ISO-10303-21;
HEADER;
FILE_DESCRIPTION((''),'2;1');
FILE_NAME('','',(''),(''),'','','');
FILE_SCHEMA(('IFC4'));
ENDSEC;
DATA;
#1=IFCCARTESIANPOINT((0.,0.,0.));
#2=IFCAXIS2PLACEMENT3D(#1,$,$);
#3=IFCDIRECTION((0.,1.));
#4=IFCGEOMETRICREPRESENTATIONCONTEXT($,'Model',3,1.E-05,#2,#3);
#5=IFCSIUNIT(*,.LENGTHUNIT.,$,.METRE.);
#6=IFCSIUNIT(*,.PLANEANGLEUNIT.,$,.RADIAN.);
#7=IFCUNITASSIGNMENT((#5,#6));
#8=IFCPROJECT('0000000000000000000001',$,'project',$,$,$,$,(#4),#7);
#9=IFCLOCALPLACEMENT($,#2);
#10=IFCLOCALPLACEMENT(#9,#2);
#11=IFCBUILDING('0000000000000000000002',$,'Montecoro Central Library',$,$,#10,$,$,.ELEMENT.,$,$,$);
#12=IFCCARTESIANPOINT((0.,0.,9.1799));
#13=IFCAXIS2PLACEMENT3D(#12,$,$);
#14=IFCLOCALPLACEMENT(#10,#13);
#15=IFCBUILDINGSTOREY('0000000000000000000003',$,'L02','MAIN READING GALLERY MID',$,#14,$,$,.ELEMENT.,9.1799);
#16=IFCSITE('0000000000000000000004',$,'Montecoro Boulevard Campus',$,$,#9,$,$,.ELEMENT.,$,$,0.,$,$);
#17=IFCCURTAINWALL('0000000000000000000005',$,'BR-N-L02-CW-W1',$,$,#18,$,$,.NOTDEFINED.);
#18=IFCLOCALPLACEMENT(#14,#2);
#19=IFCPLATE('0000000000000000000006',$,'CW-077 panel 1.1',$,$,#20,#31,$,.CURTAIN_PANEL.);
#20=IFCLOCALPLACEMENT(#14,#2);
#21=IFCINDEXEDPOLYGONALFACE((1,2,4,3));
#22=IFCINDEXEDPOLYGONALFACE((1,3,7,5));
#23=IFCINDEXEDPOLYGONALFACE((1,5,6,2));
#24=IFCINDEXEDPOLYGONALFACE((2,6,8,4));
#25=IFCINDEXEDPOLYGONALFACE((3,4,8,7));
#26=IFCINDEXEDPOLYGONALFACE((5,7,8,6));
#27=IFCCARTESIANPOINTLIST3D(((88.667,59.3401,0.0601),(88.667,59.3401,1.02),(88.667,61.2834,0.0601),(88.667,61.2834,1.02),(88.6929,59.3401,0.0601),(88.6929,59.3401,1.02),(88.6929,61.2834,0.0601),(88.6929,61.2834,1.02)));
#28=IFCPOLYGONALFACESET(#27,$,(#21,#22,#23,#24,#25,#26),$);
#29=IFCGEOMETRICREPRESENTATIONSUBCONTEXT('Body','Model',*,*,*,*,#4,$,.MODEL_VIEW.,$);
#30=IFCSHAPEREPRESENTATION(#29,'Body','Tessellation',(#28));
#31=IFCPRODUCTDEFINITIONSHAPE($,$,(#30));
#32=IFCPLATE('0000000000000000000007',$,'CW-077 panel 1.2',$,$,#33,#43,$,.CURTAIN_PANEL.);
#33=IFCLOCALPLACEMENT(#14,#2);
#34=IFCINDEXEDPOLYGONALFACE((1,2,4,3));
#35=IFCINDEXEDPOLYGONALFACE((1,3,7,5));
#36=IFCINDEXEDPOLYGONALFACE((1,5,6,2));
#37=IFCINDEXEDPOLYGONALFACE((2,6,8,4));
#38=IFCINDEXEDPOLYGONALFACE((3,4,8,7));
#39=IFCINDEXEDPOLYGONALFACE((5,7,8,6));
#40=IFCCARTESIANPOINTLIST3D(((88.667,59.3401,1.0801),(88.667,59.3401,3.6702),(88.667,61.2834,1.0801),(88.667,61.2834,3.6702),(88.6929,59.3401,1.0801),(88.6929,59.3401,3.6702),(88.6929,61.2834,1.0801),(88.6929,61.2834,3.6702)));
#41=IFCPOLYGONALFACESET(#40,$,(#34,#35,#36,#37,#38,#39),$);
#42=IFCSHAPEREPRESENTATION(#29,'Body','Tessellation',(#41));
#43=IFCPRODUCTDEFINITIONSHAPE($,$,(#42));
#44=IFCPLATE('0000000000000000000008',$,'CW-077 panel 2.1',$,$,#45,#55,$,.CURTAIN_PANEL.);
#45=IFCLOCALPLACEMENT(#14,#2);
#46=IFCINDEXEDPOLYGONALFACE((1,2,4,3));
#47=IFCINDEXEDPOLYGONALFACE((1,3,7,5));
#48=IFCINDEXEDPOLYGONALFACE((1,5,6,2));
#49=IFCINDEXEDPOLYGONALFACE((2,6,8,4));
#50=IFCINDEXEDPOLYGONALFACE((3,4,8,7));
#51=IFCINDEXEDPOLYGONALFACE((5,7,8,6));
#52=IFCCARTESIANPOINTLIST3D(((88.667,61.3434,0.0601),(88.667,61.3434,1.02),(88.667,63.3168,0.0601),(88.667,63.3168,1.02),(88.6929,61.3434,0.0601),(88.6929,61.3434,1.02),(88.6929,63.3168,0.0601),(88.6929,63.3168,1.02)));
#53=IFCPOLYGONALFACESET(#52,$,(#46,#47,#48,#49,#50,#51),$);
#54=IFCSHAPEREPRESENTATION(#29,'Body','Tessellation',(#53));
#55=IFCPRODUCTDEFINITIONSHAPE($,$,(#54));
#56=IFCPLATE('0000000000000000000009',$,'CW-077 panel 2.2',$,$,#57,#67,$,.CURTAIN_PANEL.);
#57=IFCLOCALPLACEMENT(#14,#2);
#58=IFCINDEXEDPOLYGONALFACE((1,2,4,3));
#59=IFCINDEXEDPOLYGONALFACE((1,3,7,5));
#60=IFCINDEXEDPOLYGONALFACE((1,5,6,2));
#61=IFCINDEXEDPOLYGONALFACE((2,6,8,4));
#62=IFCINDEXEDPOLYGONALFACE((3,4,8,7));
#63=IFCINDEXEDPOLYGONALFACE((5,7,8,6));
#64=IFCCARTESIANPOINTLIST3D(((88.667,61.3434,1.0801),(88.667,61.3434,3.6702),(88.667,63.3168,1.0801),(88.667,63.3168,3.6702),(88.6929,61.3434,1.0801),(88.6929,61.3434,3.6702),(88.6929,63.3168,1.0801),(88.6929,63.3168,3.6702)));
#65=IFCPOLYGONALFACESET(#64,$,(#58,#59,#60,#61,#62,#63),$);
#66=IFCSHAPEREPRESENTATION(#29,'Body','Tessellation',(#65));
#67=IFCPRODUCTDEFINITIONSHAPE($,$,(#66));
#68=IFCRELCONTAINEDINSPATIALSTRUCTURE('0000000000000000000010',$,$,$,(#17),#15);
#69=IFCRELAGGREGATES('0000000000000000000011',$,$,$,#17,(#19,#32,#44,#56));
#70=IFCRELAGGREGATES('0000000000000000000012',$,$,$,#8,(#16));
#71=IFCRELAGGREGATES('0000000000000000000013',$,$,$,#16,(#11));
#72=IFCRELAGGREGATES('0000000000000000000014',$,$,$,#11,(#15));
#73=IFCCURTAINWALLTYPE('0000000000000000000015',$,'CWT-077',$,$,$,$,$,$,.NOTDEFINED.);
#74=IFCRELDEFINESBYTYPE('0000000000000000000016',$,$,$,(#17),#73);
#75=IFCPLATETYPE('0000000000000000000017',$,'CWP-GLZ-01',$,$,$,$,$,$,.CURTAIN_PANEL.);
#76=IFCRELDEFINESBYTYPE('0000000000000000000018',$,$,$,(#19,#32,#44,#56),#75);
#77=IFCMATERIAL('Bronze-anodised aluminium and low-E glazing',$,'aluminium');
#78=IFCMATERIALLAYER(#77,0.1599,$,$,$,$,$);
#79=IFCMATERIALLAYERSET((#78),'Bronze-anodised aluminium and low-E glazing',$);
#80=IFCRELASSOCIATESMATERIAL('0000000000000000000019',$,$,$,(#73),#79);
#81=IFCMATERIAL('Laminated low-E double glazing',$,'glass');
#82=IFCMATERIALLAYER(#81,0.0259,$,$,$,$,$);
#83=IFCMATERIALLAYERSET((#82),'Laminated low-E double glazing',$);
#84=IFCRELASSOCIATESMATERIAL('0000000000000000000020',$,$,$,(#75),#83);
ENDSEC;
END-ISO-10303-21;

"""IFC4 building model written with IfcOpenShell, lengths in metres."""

from ifc_helpers import new_model, si_unit, direction, frame, origin, origin_2d, place, context, subcontext, project, spatial, rectangle, extrude, material, layer, layer_set, type_object, element, aggregate, save


model = new_model("IFC4")

# Units and contexts
model_context = context("Model", 3, precision=1e-05, world=origin(), true_north=direction((0.0, 1.0)))
body_context = subcontext(model_context, "Body", "Model", "MODEL_VIEW")
ifc_project = project(units=[si_unit("LENGTHUNIT", "METRE"), si_unit("PLANEANGLEUNIT", "RADIAN")], contexts=[model_context])

# Site, building, storey
site_placement = place(None, origin())
site = spatial("IfcSite", under=ifc_project, at=site_placement, Name="Montecoro Boulevard Campus", CompositionType="ELEMENT", RefElevation=0.0)
building_placement = place(site_placement, origin())
building = spatial("IfcBuilding", under=site, at=building_placement, Name="Montecoro Central Library", CompositionType="ELEMENT")
storey_placement = place(building_placement, frame((0.0, 0.0, 9.1799)))
storey = spatial("IfcBuildingStorey", under=building, at=storey_placement, Name="L02", Description="MAIN READING GALLERY MID", CompositionType="ELEMENT", Elevation=9.1799)

# Curtain wall, plates
ifc_material_1 = material(Name="Bronze-anodised aluminium and low-E glazing", Category="aluminium")
ifc_layer_1 = layer(ifc_material_1, 0.1599)
ifc_layer_set_1 = layer_set([ifc_layer_1], Name="Bronze-anodised aluminium and low-E glazing")
curtain_wall_type = type_object("IfcCurtainWallType", Name="CWT-077", PredefinedType="NOTDEFINED", material=ifc_layer_set_1)
curtain_wall_placement = place(storey_placement, origin())
curtain_wall = element("IfcCurtainWall", 1, at=curtain_wall_placement, inside=storey, type_object=curtain_wall_type, Name="BR-N-L02-CW-W1", PredefinedType="NOTDEFINED")
ifc_material_2 = material(Name="Laminated low-E double glazing", Category="glass")
ifc_layer_2 = layer(ifc_material_2, 0.0259)
ifc_layer_set_2 = layer_set([ifc_layer_2], Name="Laminated low-E double glazing")
plate_type = type_object("IfcPlateType", Name="CWP-GLZ-01", PredefinedType="CURTAIN_PANEL", material=ifc_layer_set_2)
plate_1_placement = place(storey_placement, frame((88.6799, 60.3118, 0.0601), z_axis=(0.0, 0.0, 1.0), x_axis=(0.0, 1.0, 0.0)))
plate_1 = element("IfcPlate", 2, at=plate_1_placement, type_object=plate_type, Name="CW-077 panel 1.1", PredefinedType="CURTAIN_PANEL", context=body_context, shape_type="SweptSolid", body=[
    extrude(rectangle(XDim=1.9434, YDim=0.0259, at=origin_2d()), origin(), (0.0, 0.0, 1.0), 0.96),
])
plate_2_placement = place(storey_placement, frame((88.6799, 60.3118, 1.0801), z_axis=(0.0, 0.0, 1.0), x_axis=(0.0, 1.0, 0.0)))
plate_2 = element("IfcPlate", 3, at=plate_2_placement, type_object=plate_type, Name="CW-077 panel 1.2", PredefinedType="CURTAIN_PANEL", context=body_context, shape_type="SweptSolid", body=[
    extrude(rectangle(XDim=1.9434, YDim=0.0259, at=origin_2d()), origin(), (0.0, 0.0, 1.0), 2.5901),
])
plate_3_placement = place(storey_placement, frame((88.6799, 62.3301, 0.0601), z_axis=(0.0, 0.0, 1.0), x_axis=(0.0, 1.0, 0.0)))
plate_3 = element("IfcPlate", 4, at=plate_3_placement, type_object=plate_type, Name="CW-077 panel 2.1", PredefinedType="CURTAIN_PANEL", context=body_context, shape_type="SweptSolid", body=[
    extrude(rectangle(XDim=1.9734, YDim=0.0259, at=origin_2d()), origin(), (0.0, 0.0, 1.0), 0.96),
])
plate_4_placement = place(storey_placement, frame((88.6799, 62.3301, 1.0801), z_axis=(0.0, 0.0, 1.0), x_axis=(0.0, 1.0, 0.0)))
plate_4 = element("IfcPlate", 5, at=plate_4_placement, type_object=plate_type, Name="CW-077 panel 2.2", PredefinedType="CURTAIN_PANEL", context=body_context, shape_type="SweptSolid", body=[
    extrude(rectangle(XDim=1.9734, YDim=0.0259, at=origin_2d()), origin(), (0.0, 0.0, 1.0), 2.5901),
])
aggregate(curtain_wall, [plate_1, plate_2, plate_3, plate_4])

save(model, "model.ifc")
